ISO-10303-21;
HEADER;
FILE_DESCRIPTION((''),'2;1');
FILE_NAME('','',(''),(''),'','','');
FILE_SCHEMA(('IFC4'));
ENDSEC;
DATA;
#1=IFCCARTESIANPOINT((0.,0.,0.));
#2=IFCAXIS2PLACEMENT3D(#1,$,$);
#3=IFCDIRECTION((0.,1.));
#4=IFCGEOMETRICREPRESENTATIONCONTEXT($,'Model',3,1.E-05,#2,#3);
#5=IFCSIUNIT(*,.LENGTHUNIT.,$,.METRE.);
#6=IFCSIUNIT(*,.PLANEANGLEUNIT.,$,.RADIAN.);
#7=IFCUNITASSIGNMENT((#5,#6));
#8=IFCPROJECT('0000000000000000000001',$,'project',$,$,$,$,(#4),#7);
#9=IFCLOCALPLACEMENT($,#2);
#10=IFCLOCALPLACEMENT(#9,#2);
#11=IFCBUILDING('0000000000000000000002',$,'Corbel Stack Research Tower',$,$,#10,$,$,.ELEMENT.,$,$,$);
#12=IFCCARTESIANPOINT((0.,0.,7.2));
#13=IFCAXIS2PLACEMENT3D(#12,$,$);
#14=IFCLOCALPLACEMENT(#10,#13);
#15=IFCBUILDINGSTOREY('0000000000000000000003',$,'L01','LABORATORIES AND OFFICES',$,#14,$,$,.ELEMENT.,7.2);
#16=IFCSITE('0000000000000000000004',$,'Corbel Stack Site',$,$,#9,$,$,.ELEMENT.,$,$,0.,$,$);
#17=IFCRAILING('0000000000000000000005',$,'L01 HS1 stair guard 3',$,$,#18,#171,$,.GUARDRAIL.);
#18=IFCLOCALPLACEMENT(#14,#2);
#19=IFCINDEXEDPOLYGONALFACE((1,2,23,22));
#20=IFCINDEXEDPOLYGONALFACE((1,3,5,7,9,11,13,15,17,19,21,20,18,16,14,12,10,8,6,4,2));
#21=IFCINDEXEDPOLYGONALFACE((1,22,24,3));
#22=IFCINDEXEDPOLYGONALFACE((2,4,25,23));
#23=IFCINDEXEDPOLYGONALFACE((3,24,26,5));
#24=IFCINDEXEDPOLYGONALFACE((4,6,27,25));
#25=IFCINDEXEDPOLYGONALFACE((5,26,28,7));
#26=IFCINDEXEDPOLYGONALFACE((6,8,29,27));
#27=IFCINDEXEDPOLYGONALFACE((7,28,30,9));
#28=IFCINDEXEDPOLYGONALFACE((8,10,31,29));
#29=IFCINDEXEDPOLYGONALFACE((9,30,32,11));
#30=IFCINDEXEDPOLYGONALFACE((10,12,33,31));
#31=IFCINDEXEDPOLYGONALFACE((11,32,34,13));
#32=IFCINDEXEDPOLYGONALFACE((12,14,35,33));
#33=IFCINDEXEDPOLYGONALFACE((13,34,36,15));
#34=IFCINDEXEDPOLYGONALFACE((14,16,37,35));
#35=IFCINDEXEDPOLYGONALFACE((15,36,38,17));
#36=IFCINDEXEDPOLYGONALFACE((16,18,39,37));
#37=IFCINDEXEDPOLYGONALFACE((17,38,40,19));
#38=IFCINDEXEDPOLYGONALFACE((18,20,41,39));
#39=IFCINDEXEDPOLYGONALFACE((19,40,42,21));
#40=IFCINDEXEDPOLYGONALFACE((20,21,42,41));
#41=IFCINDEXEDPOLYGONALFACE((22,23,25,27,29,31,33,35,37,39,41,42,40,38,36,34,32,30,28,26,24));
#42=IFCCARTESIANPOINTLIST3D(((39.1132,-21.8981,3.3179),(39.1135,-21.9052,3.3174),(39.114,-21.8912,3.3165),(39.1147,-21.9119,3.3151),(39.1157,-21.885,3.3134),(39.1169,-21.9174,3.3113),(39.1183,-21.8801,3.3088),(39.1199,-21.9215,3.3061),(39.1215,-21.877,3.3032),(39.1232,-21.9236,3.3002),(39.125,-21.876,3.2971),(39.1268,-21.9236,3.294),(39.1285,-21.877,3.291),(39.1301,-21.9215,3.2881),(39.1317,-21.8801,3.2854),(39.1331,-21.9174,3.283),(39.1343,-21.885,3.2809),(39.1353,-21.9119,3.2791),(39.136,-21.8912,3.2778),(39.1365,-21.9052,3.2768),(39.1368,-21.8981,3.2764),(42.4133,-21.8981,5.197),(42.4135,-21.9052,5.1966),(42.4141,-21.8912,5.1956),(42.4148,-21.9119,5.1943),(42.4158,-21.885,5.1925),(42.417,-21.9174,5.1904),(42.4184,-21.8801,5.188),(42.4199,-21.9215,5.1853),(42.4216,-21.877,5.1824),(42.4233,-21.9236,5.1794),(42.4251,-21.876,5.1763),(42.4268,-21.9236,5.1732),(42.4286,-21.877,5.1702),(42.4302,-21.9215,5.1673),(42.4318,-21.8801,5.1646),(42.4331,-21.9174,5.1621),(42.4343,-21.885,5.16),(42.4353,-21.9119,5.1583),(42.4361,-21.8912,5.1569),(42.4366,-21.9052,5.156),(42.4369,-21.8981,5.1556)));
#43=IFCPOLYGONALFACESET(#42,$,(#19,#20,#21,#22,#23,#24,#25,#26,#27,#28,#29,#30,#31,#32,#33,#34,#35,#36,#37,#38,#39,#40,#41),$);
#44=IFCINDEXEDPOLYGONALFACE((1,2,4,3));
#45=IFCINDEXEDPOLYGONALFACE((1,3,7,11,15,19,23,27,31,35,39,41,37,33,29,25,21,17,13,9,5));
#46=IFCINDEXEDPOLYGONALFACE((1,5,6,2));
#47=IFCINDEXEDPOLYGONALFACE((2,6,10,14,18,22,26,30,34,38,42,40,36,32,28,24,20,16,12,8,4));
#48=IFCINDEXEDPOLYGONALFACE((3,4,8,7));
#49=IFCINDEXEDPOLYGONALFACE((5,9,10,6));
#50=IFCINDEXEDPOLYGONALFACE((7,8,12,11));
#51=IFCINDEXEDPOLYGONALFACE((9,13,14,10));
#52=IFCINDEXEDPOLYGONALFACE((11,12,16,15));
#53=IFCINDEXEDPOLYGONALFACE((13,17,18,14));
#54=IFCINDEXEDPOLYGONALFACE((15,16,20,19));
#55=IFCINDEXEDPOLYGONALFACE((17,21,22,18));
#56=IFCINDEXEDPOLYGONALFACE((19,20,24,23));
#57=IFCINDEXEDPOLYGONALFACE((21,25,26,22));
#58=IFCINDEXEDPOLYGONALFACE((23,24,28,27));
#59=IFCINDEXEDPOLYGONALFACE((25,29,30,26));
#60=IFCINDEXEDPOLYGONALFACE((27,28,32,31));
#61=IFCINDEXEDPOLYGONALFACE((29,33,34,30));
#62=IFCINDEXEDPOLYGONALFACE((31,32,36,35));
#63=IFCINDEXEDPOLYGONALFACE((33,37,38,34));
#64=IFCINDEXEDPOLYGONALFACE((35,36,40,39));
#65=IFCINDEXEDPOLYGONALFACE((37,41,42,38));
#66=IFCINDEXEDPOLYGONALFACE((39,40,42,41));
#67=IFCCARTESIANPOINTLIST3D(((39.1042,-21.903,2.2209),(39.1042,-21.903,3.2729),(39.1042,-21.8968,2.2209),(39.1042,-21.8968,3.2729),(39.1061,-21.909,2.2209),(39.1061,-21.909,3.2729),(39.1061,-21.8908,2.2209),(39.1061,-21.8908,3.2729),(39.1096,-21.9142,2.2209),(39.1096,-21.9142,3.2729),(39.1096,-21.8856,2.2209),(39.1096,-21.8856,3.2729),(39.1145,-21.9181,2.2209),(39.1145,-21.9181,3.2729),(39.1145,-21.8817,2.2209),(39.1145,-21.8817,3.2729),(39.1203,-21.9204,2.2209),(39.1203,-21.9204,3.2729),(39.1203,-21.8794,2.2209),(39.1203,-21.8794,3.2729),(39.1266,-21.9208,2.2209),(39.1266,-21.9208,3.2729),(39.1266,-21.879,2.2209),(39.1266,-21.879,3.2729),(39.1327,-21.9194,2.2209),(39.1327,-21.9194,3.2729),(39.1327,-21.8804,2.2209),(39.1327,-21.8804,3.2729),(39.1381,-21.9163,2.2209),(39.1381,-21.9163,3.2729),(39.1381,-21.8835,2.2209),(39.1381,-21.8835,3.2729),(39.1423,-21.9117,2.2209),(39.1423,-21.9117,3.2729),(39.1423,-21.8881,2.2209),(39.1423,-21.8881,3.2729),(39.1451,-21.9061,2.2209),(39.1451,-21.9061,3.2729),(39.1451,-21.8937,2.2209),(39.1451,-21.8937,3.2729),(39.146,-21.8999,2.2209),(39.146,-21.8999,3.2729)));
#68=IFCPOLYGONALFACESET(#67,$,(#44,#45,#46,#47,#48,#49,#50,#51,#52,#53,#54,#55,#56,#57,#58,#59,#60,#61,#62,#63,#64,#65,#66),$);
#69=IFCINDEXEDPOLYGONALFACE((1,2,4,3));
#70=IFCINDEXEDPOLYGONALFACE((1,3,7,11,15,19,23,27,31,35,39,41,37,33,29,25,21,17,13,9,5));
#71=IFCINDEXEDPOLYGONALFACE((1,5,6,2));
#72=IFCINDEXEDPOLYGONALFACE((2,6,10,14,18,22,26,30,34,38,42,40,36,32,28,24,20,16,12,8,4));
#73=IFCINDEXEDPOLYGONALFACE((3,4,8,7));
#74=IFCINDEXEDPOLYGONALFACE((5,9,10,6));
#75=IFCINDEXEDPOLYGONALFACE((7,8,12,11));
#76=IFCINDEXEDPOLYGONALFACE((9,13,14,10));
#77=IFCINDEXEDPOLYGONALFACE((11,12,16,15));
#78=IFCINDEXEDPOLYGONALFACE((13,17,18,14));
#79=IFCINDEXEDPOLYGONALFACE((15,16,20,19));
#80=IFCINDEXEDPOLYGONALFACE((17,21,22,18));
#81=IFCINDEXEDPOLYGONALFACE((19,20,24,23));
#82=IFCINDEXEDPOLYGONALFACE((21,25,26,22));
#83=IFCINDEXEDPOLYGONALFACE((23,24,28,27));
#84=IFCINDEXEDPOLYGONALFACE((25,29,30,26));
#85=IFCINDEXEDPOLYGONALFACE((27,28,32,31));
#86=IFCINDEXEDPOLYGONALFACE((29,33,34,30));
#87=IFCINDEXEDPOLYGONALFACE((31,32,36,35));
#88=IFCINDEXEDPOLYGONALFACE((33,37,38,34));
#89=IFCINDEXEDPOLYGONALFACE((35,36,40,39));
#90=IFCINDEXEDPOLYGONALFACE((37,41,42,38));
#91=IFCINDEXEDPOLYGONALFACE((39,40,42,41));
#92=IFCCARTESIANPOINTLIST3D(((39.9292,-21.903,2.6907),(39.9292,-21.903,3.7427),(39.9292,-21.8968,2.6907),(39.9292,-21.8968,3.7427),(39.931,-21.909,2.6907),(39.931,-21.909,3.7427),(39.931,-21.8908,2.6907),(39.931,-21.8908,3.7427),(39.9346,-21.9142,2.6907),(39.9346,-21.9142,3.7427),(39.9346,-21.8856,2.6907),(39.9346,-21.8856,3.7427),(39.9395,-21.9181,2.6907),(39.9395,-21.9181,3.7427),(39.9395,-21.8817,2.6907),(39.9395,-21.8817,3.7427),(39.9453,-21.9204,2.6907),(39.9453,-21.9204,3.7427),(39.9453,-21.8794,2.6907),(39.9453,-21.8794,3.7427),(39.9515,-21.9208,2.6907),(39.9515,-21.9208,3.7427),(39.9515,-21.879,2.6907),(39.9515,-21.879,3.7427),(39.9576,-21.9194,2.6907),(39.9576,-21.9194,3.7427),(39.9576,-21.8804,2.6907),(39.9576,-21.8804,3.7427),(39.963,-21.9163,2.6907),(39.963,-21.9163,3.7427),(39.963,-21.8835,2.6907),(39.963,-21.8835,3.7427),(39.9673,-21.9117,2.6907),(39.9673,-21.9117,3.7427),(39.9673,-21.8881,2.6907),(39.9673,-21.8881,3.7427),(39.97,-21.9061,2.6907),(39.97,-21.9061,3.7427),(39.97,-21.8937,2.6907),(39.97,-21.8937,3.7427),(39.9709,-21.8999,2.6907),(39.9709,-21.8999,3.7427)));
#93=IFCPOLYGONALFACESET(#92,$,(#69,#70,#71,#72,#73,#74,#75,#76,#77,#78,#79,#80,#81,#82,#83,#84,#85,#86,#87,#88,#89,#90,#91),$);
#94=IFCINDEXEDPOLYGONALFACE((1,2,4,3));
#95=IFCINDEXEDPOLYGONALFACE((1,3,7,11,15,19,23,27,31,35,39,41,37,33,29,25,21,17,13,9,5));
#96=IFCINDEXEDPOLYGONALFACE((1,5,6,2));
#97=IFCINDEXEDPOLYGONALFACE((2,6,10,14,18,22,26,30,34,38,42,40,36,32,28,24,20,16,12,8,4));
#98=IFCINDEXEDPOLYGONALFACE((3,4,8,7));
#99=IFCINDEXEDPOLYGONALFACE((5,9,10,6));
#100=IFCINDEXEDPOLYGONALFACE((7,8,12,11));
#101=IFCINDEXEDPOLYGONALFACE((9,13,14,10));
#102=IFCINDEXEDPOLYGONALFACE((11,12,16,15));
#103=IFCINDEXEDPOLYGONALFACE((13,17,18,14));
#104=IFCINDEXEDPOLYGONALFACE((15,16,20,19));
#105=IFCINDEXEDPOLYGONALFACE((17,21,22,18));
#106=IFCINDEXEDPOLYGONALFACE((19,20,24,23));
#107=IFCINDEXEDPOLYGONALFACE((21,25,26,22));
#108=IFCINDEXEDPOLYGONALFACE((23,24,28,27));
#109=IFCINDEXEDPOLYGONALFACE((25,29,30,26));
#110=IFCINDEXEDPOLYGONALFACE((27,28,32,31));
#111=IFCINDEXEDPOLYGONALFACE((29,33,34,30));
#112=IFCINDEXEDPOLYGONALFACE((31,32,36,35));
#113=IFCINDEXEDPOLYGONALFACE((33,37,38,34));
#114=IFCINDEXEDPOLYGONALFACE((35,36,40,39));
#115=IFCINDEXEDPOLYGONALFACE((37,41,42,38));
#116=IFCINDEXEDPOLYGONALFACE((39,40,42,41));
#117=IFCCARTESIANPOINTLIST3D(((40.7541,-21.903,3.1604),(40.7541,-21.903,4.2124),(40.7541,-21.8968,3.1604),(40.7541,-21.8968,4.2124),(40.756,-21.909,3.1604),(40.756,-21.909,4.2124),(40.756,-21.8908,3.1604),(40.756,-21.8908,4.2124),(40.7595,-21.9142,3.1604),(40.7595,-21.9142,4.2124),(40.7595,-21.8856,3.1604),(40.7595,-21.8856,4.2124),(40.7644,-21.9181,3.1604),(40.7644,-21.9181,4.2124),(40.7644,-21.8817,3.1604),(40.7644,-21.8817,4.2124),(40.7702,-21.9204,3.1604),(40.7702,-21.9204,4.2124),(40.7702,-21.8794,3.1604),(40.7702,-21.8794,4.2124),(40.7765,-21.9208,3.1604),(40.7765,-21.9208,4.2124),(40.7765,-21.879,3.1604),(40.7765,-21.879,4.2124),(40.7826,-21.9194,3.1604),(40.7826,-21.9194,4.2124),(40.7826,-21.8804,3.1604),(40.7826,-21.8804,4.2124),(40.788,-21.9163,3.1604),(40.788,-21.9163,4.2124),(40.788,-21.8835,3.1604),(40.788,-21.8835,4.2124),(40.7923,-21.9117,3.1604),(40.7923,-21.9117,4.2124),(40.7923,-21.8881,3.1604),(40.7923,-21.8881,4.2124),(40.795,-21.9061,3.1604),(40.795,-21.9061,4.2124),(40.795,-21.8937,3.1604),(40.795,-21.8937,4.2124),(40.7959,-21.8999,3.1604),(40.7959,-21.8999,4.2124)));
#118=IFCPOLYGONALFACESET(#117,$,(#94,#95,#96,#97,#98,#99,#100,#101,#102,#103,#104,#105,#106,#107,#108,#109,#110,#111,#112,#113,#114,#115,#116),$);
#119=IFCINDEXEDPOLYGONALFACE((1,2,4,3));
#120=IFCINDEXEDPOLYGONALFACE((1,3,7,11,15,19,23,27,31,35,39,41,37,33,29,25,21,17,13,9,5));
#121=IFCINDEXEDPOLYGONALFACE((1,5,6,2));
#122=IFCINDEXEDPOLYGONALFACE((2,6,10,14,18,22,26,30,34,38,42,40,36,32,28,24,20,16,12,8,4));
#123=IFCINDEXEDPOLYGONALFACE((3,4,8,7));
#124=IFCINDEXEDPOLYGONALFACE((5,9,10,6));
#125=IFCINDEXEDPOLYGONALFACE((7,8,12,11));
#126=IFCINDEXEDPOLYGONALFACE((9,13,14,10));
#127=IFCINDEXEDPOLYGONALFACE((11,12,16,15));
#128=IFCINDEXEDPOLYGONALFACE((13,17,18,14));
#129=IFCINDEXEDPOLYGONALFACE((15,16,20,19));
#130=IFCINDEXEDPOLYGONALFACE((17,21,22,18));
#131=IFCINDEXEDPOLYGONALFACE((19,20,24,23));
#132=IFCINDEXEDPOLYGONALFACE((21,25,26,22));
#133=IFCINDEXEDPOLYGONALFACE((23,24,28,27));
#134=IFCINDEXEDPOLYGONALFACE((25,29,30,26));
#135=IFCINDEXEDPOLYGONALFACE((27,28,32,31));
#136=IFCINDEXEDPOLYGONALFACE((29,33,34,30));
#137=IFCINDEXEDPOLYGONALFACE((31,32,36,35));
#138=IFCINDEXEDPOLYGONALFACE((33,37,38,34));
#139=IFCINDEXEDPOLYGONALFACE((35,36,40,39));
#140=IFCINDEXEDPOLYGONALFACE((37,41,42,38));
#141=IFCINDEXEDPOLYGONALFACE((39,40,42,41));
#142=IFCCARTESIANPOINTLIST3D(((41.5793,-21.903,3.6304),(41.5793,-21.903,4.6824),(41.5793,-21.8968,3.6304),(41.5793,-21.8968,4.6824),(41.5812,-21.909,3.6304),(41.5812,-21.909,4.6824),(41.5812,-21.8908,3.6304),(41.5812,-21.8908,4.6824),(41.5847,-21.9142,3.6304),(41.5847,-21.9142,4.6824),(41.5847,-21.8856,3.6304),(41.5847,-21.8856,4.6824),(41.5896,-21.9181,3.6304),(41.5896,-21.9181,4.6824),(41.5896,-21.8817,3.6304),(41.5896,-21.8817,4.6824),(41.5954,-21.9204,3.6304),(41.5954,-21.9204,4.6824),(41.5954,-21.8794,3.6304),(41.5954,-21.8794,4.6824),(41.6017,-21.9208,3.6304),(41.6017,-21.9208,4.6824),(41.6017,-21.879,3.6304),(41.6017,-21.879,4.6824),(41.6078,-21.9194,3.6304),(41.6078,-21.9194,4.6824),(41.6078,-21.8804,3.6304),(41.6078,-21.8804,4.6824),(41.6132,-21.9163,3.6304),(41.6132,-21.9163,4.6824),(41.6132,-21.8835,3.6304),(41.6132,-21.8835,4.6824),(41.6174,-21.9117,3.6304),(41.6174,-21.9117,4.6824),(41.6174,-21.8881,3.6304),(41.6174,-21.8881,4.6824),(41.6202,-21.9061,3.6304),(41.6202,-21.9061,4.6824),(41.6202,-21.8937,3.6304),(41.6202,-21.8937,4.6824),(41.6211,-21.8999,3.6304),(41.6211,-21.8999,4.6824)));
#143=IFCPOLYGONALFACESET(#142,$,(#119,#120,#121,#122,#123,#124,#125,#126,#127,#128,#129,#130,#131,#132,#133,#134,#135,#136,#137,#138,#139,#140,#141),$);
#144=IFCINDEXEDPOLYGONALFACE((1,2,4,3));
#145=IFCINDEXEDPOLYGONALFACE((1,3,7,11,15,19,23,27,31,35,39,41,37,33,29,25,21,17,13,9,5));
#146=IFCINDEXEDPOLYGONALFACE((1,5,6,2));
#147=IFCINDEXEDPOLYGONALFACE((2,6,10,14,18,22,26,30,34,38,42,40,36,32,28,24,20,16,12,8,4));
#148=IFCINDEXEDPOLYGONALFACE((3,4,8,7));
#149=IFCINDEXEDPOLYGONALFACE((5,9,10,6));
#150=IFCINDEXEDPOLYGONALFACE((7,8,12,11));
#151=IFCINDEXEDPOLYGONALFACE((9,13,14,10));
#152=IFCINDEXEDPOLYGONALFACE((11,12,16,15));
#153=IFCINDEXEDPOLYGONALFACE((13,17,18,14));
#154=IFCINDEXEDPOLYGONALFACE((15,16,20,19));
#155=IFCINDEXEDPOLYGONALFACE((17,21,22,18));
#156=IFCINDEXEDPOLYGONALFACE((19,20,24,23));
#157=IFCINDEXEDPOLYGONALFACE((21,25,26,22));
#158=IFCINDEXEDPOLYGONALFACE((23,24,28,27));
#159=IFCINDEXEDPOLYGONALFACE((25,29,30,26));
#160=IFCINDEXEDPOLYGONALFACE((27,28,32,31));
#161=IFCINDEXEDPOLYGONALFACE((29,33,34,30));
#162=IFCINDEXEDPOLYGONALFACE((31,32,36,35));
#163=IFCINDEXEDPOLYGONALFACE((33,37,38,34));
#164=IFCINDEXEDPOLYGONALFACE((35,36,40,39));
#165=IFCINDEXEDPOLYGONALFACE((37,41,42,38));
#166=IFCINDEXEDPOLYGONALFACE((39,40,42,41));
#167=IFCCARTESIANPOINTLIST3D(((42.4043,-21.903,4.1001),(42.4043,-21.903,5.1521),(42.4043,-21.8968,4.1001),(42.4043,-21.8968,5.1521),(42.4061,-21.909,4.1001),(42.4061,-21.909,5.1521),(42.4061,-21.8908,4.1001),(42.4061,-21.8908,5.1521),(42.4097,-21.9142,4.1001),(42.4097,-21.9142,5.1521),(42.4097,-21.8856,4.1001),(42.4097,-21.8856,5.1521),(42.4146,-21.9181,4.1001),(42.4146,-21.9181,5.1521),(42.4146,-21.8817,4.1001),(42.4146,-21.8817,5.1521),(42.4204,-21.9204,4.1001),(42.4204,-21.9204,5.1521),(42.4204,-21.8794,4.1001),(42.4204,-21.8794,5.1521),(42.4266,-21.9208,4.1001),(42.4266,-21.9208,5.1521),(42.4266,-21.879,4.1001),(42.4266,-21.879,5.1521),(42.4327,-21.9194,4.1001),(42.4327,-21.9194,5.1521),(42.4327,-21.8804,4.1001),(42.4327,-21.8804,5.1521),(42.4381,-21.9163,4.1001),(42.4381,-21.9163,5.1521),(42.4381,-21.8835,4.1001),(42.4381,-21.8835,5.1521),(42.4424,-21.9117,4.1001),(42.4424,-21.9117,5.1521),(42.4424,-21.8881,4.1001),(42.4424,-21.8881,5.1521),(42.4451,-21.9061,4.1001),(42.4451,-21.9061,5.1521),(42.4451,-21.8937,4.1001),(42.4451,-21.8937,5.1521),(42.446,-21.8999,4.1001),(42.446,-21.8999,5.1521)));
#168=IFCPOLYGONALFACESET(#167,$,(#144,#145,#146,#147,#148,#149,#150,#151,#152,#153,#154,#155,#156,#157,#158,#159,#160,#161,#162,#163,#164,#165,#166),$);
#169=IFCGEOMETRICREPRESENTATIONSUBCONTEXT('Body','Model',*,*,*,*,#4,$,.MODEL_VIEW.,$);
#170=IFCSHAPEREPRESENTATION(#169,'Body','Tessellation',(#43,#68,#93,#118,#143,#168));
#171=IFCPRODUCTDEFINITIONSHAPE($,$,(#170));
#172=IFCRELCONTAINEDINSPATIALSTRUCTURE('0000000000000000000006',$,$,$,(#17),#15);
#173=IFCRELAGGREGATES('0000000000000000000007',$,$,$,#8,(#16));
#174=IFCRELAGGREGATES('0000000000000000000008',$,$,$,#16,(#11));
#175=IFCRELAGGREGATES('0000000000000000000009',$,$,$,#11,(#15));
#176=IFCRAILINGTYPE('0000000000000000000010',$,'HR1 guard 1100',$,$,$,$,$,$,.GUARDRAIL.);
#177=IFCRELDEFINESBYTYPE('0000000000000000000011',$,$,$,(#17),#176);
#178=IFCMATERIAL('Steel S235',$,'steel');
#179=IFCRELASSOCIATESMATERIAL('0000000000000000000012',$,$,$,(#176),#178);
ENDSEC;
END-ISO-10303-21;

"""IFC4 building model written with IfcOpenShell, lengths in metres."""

from ifc_helpers import new_model, si_unit, direction, frame, origin, origin_2d, place, context, subcontext, project, spatial, circle, extrude, material, type_object, element, save


model = new_model("IFC4")

# Units and contexts
model_context = context("Model", 3, precision=1e-05, world=origin(), true_north=direction((0.0, 1.0)))
body_context = subcontext(model_context, "Body", "Model", "MODEL_VIEW")
ifc_project = project(units=[si_unit("LENGTHUNIT", "METRE"), si_unit("PLANEANGLEUNIT", "RADIAN")], contexts=[model_context])

# Site, building, storey
site_placement = place(None, origin())
site = spatial("IfcSite", under=ifc_project, at=site_placement, Name="Corbel Stack Site", CompositionType="ELEMENT", RefElevation=0.0)
building_placement = place(site_placement, origin())
building = spatial("IfcBuilding", under=site, at=building_placement, Name="Corbel Stack Research Tower", CompositionType="ELEMENT")
storey_placement = place(building_placement, frame((0.0, 0.0, 7.2)))
storey = spatial("IfcBuildingStorey", under=building, at=storey_placement, Name="L01", Description="LABORATORIES AND OFFICES", CompositionType="ELEMENT", Elevation=7.2)

# Railing
ifc_material_1 = material(Name="Steel S235", Category="steel")
railing_type_1 = type_object("IfcRailingType", Name="HR1 guard 1100", PredefinedType="GUARDRAIL", material=ifc_material_1)
railing_1_placement = place(storey_placement, frame((39.125, -21.8999, 2.2209)))
element("IfcRailing", 1, at=railing_1_placement, inside=storey, type_object=railing_type_1, Name="L01 HS1 stair guard 3", PredefinedType="GUARDRAIL", context=body_context, shape_type="SweptSolid", body=[
    extrude(circle(Radius=0.0239, at=origin_2d()), frame((0.0, 0.0, 1.0762), z_axis=(0.86899, 0.0, 0.49483), x_axis=(0.0, 1.0, 0.0)), (0.0, 0.0, 1.0), 3.7976),
    extrude(circle(Radius=0.021, at=origin_2d()), origin(), (0.0, 0.0, 1.0), 1.052),
    extrude(circle(Radius=0.021, at=origin_2d()), frame((0.825, 0.0, 0.4697)), (0.0, 0.0, 1.0), 1.052),
    extrude(circle(Radius=0.021, at=origin_2d()), frame((1.6499, 0.0, 0.9395)), (0.0, 0.0, 1.0), 1.052),
    extrude(circle(Radius=0.021, at=origin_2d()), frame((2.4751, 0.0, 1.4094)), (0.0, 0.0, 1.0), 1.052),
    extrude(circle(Radius=0.021, at=origin_2d()), frame((3.3, 0.0, 1.8792)), (0.0, 0.0, 1.0), 1.052),
])

save(model, "model.ifc")
